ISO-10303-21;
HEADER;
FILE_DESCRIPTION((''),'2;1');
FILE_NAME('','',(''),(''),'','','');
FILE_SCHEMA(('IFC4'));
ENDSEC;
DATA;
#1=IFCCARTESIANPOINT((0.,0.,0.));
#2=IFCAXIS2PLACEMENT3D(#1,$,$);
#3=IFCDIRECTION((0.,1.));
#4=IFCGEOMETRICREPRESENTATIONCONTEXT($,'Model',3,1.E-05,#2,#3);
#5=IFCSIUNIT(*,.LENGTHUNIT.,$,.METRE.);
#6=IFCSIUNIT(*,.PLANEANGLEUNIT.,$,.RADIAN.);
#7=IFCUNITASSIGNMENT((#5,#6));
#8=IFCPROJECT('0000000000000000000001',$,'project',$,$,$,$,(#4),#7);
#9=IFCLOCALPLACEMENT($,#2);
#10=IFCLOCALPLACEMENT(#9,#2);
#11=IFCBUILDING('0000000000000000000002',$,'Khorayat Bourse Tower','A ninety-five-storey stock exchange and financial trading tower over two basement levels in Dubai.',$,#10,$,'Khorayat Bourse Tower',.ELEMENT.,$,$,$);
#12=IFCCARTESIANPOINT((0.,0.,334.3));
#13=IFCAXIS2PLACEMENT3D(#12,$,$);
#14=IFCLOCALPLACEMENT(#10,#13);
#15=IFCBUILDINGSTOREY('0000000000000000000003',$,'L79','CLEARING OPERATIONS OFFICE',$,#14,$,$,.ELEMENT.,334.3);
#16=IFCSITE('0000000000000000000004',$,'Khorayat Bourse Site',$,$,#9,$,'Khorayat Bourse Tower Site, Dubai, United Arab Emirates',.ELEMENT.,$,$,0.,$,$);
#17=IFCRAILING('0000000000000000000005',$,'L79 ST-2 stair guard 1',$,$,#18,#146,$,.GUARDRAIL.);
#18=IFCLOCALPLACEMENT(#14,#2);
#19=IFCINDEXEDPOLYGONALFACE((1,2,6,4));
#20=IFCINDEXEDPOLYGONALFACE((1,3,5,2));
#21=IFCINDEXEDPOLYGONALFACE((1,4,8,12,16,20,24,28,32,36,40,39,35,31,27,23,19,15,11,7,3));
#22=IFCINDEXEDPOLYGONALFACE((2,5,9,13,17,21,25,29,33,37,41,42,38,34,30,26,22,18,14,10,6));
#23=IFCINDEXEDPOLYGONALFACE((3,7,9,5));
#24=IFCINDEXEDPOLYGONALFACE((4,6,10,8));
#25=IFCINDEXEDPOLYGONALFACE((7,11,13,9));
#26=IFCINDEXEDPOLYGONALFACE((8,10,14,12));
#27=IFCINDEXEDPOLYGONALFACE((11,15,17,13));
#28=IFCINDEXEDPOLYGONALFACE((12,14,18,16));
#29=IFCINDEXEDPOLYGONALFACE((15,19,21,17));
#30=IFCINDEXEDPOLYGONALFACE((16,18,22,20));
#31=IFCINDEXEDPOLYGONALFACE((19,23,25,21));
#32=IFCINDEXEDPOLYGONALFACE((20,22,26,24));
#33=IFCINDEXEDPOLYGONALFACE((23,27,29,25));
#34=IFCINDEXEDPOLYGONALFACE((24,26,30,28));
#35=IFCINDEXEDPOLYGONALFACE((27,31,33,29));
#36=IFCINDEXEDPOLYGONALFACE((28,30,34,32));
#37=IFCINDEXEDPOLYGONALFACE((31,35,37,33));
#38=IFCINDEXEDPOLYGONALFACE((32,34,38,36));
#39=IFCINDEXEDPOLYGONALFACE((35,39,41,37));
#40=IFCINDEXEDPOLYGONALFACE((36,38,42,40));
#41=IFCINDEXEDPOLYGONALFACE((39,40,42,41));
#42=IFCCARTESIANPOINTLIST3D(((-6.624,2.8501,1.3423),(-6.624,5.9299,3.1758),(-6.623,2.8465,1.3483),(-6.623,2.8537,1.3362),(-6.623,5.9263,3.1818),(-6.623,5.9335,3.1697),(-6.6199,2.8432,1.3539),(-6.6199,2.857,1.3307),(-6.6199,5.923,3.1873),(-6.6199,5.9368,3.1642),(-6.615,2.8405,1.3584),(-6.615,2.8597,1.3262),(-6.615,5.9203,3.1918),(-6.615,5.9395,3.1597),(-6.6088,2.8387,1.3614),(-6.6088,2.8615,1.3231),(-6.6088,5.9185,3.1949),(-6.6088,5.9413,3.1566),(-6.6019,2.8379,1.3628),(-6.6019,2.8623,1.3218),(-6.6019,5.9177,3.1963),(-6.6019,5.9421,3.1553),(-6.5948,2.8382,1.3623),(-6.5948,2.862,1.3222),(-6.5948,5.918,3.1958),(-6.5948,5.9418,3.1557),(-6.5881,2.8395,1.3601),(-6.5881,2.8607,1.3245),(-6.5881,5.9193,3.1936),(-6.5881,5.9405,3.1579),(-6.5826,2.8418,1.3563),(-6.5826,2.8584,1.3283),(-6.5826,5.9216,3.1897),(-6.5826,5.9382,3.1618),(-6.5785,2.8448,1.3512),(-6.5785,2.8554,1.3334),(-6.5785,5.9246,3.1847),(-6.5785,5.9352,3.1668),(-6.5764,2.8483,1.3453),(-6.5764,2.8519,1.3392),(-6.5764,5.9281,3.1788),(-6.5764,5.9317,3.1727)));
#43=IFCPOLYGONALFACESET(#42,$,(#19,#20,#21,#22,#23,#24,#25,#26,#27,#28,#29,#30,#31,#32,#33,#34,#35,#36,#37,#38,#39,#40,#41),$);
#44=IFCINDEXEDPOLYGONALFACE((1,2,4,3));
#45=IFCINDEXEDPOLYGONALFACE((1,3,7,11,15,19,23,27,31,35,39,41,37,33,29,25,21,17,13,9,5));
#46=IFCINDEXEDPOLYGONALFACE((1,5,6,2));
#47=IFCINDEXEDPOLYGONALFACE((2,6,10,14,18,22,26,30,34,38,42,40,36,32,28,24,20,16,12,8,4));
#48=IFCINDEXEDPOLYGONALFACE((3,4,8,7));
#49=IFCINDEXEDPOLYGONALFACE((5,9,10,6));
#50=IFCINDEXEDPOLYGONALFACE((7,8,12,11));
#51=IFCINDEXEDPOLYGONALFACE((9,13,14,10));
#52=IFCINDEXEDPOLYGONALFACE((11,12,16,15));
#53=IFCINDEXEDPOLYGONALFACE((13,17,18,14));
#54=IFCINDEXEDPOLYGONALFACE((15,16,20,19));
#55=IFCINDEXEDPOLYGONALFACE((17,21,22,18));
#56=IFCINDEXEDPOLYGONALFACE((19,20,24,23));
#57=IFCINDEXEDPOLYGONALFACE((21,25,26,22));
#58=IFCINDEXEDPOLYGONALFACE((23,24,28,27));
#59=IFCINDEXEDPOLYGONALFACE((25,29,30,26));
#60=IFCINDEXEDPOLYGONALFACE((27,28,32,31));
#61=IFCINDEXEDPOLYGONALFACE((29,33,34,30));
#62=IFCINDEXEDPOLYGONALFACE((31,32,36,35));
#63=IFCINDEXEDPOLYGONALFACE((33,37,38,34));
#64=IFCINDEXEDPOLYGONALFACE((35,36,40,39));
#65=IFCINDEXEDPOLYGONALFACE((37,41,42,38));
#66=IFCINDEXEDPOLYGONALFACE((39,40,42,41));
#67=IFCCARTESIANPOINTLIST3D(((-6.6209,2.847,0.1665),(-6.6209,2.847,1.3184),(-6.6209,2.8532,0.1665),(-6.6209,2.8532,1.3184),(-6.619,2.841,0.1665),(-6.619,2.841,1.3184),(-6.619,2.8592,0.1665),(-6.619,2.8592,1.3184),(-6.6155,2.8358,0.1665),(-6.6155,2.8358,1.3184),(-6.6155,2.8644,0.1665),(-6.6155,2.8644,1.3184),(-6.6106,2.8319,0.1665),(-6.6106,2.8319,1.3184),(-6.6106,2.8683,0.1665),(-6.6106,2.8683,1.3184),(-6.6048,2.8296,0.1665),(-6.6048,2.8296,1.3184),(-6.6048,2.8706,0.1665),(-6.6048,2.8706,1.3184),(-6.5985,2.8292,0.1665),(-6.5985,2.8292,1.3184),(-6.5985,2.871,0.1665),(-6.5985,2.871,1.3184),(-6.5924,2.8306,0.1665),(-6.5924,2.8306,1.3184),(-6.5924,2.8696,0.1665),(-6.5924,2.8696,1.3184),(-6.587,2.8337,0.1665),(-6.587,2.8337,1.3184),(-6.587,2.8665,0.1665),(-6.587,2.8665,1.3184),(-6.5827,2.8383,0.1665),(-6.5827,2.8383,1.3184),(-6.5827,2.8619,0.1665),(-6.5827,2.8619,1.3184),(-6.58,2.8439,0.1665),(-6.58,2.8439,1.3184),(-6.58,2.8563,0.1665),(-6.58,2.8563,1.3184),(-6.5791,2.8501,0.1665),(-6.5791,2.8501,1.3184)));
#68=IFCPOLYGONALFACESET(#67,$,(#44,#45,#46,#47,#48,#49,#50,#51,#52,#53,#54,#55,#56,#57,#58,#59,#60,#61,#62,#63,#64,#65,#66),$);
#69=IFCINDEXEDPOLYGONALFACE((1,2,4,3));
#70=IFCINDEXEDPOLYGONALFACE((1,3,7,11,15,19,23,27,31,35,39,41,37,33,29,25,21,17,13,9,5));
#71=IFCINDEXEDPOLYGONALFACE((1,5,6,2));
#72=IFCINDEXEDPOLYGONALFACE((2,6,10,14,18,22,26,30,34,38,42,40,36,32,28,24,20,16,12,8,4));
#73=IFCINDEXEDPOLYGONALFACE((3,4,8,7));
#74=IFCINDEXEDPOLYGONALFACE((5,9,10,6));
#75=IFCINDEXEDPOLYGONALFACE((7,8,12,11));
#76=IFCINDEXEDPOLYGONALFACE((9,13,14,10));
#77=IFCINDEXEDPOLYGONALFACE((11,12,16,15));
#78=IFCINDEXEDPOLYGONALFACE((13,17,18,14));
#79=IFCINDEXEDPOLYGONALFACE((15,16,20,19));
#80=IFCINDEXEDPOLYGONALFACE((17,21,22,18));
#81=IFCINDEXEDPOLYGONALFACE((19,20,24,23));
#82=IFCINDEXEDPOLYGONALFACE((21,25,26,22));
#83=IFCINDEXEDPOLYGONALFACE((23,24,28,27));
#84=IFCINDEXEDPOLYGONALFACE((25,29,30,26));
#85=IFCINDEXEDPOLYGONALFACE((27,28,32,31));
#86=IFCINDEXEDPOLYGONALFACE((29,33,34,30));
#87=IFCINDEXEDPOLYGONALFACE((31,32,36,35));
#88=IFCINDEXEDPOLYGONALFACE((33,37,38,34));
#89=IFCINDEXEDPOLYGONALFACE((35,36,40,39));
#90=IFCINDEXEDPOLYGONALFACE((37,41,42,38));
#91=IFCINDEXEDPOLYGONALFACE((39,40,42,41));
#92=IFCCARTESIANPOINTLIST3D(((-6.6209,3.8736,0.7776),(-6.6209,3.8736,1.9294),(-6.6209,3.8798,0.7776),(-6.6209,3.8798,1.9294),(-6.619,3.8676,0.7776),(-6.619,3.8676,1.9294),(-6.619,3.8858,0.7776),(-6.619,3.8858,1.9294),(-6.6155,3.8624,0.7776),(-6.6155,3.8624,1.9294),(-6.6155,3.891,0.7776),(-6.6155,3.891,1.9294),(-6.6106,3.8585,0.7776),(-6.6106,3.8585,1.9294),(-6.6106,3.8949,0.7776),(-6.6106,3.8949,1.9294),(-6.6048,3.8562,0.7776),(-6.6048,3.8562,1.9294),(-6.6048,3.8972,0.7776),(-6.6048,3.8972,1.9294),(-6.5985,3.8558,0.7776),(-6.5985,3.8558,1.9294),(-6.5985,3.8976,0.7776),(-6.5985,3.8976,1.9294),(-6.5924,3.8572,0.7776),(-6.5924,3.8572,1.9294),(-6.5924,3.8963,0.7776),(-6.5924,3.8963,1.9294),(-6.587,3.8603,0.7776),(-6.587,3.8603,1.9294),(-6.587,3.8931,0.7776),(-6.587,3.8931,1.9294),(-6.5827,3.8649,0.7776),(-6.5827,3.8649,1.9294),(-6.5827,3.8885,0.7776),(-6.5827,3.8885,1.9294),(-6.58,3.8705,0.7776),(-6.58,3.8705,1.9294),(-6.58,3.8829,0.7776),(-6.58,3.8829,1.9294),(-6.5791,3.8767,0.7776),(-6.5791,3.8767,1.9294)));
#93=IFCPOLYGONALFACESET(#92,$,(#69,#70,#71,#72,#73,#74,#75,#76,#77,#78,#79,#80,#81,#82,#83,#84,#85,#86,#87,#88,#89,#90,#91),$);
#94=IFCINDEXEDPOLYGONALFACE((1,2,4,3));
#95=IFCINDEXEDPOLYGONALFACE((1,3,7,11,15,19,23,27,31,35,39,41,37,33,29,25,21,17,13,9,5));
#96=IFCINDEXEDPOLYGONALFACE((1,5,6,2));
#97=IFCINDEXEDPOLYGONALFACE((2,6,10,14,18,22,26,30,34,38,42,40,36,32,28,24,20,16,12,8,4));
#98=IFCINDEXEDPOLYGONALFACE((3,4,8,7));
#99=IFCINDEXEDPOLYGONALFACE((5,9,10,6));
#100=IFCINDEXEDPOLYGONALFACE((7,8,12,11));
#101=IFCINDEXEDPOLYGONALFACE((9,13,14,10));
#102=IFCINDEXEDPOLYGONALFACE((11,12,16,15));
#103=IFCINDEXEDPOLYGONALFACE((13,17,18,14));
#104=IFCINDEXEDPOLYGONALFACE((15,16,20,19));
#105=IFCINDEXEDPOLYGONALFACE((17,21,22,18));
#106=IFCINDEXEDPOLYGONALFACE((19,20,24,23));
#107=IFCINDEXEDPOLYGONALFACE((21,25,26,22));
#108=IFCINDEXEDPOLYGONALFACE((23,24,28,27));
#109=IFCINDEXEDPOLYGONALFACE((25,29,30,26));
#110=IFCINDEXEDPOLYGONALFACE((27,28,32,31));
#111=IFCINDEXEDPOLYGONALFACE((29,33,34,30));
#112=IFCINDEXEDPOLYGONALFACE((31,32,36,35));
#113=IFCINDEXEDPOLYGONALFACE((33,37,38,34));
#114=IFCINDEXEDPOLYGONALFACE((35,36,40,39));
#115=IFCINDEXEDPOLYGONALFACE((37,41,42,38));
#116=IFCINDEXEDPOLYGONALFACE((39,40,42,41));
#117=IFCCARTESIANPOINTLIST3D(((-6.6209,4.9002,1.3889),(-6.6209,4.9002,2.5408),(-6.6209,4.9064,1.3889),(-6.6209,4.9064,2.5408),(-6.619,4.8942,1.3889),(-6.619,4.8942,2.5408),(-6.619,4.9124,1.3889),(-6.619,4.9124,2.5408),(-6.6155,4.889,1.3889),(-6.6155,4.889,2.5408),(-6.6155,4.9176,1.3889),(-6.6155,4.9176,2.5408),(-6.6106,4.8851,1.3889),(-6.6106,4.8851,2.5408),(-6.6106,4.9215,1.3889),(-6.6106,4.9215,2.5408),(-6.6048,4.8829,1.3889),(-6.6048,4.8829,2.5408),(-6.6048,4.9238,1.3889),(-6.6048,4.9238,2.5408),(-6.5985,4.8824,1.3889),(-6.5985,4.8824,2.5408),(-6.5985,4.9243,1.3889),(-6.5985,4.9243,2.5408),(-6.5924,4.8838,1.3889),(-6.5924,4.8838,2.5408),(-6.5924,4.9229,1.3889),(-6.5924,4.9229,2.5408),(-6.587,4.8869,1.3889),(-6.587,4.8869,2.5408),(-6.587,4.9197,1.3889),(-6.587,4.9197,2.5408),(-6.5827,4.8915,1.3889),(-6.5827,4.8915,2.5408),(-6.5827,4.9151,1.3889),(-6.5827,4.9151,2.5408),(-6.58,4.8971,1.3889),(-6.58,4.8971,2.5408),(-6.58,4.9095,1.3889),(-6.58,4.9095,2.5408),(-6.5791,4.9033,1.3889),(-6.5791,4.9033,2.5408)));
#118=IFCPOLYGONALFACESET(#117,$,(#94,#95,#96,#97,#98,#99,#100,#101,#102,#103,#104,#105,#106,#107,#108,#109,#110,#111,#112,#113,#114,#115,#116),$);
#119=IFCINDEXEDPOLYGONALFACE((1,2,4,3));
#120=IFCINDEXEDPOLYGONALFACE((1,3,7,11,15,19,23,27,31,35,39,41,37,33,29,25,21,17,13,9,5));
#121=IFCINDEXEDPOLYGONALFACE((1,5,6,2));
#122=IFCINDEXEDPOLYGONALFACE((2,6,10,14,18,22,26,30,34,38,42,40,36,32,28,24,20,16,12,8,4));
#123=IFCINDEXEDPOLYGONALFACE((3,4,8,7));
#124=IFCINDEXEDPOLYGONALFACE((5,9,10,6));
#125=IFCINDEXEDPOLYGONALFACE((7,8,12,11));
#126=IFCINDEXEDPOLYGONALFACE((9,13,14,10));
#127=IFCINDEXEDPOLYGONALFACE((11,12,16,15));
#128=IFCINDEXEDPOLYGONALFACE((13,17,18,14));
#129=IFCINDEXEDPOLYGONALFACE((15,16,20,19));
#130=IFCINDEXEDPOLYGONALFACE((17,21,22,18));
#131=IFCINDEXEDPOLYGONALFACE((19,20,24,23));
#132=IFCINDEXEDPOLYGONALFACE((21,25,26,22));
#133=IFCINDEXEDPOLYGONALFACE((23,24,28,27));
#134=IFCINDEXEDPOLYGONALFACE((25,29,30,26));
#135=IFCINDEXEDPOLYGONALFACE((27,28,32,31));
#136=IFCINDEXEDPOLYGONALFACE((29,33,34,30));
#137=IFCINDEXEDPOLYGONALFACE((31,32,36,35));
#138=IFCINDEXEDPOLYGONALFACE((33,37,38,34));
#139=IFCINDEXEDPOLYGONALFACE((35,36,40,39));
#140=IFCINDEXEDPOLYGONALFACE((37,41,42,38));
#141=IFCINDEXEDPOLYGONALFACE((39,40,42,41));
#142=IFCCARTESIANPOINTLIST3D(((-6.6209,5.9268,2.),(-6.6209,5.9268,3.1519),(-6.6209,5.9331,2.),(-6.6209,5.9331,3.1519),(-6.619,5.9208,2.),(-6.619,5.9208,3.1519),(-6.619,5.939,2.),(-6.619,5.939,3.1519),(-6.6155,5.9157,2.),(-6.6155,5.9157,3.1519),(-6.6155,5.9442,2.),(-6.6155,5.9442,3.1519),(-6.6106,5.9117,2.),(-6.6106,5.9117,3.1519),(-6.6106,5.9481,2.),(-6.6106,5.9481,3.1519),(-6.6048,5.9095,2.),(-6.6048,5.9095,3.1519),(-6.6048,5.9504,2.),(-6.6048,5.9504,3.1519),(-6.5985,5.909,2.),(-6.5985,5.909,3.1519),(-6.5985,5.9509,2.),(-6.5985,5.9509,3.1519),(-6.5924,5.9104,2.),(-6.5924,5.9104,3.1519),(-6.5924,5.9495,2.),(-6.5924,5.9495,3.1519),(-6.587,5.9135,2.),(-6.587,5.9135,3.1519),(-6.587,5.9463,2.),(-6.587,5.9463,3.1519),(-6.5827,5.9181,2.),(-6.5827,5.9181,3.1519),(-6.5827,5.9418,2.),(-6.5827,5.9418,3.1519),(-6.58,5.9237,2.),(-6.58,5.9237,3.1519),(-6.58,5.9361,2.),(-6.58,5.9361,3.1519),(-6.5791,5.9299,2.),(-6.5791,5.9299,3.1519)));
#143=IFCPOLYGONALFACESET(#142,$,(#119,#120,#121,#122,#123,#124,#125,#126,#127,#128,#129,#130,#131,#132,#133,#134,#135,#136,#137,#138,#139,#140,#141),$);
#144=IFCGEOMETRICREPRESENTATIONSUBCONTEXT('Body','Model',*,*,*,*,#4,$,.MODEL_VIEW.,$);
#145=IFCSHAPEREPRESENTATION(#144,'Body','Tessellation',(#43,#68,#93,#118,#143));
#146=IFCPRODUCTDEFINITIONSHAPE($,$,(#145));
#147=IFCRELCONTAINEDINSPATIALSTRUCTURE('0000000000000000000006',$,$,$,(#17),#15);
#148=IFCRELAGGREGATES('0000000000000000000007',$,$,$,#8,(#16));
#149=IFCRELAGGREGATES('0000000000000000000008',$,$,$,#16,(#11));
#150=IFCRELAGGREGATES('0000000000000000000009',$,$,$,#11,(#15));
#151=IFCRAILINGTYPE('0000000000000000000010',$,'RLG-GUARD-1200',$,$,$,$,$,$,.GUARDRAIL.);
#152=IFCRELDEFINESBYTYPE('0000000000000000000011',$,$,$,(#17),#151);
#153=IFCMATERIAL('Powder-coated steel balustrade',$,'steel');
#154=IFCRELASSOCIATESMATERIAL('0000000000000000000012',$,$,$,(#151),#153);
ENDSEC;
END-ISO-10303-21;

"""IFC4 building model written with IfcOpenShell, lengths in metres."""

from ifc_helpers import new_model, si_unit, direction, frame, origin, origin_2d, place, context, subcontext, project, spatial, circle, extrude, source, transform, mapped, material, type_object, element, save


model = new_model("IFC4")

# Units and contexts
model_context = context("Model", 3, precision=1e-05, world=origin(), true_north=direction((0.0, 1.0)))
body_context = subcontext(model_context, "Body", "Model", "MODEL_VIEW")
ifc_project = project(units=[si_unit("LENGTHUNIT", "METRE"), si_unit("PLANEANGLEUNIT", "RADIAN")], contexts=[model_context])

# Site, building, storey
site_placement = place(None, origin())
site = spatial("IfcSite", under=ifc_project, at=site_placement, Name="Khorayat Bourse Site", LongName="Khorayat Bourse Tower Site, Dubai, United Arab Emirates", CompositionType="ELEMENT", RefElevation=0.0)
building_placement = place(site_placement, origin())
building = spatial("IfcBuilding", under=site, at=building_placement, Name="Khorayat Bourse Tower", Description="A ninety-five-storey stock exchange and financial trading tower over two basement levels in Dubai.", LongName="Khorayat Bourse Tower", CompositionType="ELEMENT")
storey_placement = place(building_placement, frame((0.0, 0.0, 334.3)))
storey = spatial("IfcBuildingStorey", under=building, at=storey_placement, Name="L79", Description="CLEARING OPERATIONS OFFICE", CompositionType="ELEMENT", Elevation=334.3)

# Railing
ifc_material_1 = material(Name="Powder-coated steel balustrade", Category="steel")
railing_type_1 = type_object("IfcRailingType", Name="RLG-GUARD-1200", PredefinedType="GUARDRAIL", material=ifc_material_1)
shared_shape_1 = source(origin(), body_context, "Body", "SweptSolid", [
    extrude(circle(Radius=0.0239, at=origin_2d()), frame((0.0, 0.0, 1.1758), z_axis=(0.0, 0.859261, 0.511538), x_axis=(-1.0, 0.0, 0.0)), (0.0, 0.0, 1.0), 3.5842),
    extrude(circle(Radius=0.021, at=origin_2d()), origin(), (0.0, 0.0, 1.0), 1.1519),
    extrude(circle(Radius=0.021, at=origin_2d()), frame((0.0, 1.0266, 0.6111)), (0.0, 0.0, 1.0), 1.1519),
    extrude(circle(Radius=0.021, at=origin_2d()), frame((0.0, 2.0532, 1.2224)), (0.0, 0.0, 1.0), 1.1519),
    extrude(circle(Radius=0.021, at=origin_2d()), frame((0.0, 3.0798, 1.8335)), (0.0, 0.0, 1.0), 1.1519),
])
railing_1_placement = place(storey_placement, frame((-6.6001, 2.8501, 0.1665)))
element("IfcRailing", 1, at=railing_1_placement, inside=storey, type_object=railing_type_1, Name="L79 ST-2 stair guard 1", PredefinedType="GUARDRAIL", context=body_context, shape_type="MappedRepresentation", body=[
    mapped(shared_shape_1, transform((0.0, 0.0, 0.0), scale=1.0)),
])

save(model, "model.ifc")
